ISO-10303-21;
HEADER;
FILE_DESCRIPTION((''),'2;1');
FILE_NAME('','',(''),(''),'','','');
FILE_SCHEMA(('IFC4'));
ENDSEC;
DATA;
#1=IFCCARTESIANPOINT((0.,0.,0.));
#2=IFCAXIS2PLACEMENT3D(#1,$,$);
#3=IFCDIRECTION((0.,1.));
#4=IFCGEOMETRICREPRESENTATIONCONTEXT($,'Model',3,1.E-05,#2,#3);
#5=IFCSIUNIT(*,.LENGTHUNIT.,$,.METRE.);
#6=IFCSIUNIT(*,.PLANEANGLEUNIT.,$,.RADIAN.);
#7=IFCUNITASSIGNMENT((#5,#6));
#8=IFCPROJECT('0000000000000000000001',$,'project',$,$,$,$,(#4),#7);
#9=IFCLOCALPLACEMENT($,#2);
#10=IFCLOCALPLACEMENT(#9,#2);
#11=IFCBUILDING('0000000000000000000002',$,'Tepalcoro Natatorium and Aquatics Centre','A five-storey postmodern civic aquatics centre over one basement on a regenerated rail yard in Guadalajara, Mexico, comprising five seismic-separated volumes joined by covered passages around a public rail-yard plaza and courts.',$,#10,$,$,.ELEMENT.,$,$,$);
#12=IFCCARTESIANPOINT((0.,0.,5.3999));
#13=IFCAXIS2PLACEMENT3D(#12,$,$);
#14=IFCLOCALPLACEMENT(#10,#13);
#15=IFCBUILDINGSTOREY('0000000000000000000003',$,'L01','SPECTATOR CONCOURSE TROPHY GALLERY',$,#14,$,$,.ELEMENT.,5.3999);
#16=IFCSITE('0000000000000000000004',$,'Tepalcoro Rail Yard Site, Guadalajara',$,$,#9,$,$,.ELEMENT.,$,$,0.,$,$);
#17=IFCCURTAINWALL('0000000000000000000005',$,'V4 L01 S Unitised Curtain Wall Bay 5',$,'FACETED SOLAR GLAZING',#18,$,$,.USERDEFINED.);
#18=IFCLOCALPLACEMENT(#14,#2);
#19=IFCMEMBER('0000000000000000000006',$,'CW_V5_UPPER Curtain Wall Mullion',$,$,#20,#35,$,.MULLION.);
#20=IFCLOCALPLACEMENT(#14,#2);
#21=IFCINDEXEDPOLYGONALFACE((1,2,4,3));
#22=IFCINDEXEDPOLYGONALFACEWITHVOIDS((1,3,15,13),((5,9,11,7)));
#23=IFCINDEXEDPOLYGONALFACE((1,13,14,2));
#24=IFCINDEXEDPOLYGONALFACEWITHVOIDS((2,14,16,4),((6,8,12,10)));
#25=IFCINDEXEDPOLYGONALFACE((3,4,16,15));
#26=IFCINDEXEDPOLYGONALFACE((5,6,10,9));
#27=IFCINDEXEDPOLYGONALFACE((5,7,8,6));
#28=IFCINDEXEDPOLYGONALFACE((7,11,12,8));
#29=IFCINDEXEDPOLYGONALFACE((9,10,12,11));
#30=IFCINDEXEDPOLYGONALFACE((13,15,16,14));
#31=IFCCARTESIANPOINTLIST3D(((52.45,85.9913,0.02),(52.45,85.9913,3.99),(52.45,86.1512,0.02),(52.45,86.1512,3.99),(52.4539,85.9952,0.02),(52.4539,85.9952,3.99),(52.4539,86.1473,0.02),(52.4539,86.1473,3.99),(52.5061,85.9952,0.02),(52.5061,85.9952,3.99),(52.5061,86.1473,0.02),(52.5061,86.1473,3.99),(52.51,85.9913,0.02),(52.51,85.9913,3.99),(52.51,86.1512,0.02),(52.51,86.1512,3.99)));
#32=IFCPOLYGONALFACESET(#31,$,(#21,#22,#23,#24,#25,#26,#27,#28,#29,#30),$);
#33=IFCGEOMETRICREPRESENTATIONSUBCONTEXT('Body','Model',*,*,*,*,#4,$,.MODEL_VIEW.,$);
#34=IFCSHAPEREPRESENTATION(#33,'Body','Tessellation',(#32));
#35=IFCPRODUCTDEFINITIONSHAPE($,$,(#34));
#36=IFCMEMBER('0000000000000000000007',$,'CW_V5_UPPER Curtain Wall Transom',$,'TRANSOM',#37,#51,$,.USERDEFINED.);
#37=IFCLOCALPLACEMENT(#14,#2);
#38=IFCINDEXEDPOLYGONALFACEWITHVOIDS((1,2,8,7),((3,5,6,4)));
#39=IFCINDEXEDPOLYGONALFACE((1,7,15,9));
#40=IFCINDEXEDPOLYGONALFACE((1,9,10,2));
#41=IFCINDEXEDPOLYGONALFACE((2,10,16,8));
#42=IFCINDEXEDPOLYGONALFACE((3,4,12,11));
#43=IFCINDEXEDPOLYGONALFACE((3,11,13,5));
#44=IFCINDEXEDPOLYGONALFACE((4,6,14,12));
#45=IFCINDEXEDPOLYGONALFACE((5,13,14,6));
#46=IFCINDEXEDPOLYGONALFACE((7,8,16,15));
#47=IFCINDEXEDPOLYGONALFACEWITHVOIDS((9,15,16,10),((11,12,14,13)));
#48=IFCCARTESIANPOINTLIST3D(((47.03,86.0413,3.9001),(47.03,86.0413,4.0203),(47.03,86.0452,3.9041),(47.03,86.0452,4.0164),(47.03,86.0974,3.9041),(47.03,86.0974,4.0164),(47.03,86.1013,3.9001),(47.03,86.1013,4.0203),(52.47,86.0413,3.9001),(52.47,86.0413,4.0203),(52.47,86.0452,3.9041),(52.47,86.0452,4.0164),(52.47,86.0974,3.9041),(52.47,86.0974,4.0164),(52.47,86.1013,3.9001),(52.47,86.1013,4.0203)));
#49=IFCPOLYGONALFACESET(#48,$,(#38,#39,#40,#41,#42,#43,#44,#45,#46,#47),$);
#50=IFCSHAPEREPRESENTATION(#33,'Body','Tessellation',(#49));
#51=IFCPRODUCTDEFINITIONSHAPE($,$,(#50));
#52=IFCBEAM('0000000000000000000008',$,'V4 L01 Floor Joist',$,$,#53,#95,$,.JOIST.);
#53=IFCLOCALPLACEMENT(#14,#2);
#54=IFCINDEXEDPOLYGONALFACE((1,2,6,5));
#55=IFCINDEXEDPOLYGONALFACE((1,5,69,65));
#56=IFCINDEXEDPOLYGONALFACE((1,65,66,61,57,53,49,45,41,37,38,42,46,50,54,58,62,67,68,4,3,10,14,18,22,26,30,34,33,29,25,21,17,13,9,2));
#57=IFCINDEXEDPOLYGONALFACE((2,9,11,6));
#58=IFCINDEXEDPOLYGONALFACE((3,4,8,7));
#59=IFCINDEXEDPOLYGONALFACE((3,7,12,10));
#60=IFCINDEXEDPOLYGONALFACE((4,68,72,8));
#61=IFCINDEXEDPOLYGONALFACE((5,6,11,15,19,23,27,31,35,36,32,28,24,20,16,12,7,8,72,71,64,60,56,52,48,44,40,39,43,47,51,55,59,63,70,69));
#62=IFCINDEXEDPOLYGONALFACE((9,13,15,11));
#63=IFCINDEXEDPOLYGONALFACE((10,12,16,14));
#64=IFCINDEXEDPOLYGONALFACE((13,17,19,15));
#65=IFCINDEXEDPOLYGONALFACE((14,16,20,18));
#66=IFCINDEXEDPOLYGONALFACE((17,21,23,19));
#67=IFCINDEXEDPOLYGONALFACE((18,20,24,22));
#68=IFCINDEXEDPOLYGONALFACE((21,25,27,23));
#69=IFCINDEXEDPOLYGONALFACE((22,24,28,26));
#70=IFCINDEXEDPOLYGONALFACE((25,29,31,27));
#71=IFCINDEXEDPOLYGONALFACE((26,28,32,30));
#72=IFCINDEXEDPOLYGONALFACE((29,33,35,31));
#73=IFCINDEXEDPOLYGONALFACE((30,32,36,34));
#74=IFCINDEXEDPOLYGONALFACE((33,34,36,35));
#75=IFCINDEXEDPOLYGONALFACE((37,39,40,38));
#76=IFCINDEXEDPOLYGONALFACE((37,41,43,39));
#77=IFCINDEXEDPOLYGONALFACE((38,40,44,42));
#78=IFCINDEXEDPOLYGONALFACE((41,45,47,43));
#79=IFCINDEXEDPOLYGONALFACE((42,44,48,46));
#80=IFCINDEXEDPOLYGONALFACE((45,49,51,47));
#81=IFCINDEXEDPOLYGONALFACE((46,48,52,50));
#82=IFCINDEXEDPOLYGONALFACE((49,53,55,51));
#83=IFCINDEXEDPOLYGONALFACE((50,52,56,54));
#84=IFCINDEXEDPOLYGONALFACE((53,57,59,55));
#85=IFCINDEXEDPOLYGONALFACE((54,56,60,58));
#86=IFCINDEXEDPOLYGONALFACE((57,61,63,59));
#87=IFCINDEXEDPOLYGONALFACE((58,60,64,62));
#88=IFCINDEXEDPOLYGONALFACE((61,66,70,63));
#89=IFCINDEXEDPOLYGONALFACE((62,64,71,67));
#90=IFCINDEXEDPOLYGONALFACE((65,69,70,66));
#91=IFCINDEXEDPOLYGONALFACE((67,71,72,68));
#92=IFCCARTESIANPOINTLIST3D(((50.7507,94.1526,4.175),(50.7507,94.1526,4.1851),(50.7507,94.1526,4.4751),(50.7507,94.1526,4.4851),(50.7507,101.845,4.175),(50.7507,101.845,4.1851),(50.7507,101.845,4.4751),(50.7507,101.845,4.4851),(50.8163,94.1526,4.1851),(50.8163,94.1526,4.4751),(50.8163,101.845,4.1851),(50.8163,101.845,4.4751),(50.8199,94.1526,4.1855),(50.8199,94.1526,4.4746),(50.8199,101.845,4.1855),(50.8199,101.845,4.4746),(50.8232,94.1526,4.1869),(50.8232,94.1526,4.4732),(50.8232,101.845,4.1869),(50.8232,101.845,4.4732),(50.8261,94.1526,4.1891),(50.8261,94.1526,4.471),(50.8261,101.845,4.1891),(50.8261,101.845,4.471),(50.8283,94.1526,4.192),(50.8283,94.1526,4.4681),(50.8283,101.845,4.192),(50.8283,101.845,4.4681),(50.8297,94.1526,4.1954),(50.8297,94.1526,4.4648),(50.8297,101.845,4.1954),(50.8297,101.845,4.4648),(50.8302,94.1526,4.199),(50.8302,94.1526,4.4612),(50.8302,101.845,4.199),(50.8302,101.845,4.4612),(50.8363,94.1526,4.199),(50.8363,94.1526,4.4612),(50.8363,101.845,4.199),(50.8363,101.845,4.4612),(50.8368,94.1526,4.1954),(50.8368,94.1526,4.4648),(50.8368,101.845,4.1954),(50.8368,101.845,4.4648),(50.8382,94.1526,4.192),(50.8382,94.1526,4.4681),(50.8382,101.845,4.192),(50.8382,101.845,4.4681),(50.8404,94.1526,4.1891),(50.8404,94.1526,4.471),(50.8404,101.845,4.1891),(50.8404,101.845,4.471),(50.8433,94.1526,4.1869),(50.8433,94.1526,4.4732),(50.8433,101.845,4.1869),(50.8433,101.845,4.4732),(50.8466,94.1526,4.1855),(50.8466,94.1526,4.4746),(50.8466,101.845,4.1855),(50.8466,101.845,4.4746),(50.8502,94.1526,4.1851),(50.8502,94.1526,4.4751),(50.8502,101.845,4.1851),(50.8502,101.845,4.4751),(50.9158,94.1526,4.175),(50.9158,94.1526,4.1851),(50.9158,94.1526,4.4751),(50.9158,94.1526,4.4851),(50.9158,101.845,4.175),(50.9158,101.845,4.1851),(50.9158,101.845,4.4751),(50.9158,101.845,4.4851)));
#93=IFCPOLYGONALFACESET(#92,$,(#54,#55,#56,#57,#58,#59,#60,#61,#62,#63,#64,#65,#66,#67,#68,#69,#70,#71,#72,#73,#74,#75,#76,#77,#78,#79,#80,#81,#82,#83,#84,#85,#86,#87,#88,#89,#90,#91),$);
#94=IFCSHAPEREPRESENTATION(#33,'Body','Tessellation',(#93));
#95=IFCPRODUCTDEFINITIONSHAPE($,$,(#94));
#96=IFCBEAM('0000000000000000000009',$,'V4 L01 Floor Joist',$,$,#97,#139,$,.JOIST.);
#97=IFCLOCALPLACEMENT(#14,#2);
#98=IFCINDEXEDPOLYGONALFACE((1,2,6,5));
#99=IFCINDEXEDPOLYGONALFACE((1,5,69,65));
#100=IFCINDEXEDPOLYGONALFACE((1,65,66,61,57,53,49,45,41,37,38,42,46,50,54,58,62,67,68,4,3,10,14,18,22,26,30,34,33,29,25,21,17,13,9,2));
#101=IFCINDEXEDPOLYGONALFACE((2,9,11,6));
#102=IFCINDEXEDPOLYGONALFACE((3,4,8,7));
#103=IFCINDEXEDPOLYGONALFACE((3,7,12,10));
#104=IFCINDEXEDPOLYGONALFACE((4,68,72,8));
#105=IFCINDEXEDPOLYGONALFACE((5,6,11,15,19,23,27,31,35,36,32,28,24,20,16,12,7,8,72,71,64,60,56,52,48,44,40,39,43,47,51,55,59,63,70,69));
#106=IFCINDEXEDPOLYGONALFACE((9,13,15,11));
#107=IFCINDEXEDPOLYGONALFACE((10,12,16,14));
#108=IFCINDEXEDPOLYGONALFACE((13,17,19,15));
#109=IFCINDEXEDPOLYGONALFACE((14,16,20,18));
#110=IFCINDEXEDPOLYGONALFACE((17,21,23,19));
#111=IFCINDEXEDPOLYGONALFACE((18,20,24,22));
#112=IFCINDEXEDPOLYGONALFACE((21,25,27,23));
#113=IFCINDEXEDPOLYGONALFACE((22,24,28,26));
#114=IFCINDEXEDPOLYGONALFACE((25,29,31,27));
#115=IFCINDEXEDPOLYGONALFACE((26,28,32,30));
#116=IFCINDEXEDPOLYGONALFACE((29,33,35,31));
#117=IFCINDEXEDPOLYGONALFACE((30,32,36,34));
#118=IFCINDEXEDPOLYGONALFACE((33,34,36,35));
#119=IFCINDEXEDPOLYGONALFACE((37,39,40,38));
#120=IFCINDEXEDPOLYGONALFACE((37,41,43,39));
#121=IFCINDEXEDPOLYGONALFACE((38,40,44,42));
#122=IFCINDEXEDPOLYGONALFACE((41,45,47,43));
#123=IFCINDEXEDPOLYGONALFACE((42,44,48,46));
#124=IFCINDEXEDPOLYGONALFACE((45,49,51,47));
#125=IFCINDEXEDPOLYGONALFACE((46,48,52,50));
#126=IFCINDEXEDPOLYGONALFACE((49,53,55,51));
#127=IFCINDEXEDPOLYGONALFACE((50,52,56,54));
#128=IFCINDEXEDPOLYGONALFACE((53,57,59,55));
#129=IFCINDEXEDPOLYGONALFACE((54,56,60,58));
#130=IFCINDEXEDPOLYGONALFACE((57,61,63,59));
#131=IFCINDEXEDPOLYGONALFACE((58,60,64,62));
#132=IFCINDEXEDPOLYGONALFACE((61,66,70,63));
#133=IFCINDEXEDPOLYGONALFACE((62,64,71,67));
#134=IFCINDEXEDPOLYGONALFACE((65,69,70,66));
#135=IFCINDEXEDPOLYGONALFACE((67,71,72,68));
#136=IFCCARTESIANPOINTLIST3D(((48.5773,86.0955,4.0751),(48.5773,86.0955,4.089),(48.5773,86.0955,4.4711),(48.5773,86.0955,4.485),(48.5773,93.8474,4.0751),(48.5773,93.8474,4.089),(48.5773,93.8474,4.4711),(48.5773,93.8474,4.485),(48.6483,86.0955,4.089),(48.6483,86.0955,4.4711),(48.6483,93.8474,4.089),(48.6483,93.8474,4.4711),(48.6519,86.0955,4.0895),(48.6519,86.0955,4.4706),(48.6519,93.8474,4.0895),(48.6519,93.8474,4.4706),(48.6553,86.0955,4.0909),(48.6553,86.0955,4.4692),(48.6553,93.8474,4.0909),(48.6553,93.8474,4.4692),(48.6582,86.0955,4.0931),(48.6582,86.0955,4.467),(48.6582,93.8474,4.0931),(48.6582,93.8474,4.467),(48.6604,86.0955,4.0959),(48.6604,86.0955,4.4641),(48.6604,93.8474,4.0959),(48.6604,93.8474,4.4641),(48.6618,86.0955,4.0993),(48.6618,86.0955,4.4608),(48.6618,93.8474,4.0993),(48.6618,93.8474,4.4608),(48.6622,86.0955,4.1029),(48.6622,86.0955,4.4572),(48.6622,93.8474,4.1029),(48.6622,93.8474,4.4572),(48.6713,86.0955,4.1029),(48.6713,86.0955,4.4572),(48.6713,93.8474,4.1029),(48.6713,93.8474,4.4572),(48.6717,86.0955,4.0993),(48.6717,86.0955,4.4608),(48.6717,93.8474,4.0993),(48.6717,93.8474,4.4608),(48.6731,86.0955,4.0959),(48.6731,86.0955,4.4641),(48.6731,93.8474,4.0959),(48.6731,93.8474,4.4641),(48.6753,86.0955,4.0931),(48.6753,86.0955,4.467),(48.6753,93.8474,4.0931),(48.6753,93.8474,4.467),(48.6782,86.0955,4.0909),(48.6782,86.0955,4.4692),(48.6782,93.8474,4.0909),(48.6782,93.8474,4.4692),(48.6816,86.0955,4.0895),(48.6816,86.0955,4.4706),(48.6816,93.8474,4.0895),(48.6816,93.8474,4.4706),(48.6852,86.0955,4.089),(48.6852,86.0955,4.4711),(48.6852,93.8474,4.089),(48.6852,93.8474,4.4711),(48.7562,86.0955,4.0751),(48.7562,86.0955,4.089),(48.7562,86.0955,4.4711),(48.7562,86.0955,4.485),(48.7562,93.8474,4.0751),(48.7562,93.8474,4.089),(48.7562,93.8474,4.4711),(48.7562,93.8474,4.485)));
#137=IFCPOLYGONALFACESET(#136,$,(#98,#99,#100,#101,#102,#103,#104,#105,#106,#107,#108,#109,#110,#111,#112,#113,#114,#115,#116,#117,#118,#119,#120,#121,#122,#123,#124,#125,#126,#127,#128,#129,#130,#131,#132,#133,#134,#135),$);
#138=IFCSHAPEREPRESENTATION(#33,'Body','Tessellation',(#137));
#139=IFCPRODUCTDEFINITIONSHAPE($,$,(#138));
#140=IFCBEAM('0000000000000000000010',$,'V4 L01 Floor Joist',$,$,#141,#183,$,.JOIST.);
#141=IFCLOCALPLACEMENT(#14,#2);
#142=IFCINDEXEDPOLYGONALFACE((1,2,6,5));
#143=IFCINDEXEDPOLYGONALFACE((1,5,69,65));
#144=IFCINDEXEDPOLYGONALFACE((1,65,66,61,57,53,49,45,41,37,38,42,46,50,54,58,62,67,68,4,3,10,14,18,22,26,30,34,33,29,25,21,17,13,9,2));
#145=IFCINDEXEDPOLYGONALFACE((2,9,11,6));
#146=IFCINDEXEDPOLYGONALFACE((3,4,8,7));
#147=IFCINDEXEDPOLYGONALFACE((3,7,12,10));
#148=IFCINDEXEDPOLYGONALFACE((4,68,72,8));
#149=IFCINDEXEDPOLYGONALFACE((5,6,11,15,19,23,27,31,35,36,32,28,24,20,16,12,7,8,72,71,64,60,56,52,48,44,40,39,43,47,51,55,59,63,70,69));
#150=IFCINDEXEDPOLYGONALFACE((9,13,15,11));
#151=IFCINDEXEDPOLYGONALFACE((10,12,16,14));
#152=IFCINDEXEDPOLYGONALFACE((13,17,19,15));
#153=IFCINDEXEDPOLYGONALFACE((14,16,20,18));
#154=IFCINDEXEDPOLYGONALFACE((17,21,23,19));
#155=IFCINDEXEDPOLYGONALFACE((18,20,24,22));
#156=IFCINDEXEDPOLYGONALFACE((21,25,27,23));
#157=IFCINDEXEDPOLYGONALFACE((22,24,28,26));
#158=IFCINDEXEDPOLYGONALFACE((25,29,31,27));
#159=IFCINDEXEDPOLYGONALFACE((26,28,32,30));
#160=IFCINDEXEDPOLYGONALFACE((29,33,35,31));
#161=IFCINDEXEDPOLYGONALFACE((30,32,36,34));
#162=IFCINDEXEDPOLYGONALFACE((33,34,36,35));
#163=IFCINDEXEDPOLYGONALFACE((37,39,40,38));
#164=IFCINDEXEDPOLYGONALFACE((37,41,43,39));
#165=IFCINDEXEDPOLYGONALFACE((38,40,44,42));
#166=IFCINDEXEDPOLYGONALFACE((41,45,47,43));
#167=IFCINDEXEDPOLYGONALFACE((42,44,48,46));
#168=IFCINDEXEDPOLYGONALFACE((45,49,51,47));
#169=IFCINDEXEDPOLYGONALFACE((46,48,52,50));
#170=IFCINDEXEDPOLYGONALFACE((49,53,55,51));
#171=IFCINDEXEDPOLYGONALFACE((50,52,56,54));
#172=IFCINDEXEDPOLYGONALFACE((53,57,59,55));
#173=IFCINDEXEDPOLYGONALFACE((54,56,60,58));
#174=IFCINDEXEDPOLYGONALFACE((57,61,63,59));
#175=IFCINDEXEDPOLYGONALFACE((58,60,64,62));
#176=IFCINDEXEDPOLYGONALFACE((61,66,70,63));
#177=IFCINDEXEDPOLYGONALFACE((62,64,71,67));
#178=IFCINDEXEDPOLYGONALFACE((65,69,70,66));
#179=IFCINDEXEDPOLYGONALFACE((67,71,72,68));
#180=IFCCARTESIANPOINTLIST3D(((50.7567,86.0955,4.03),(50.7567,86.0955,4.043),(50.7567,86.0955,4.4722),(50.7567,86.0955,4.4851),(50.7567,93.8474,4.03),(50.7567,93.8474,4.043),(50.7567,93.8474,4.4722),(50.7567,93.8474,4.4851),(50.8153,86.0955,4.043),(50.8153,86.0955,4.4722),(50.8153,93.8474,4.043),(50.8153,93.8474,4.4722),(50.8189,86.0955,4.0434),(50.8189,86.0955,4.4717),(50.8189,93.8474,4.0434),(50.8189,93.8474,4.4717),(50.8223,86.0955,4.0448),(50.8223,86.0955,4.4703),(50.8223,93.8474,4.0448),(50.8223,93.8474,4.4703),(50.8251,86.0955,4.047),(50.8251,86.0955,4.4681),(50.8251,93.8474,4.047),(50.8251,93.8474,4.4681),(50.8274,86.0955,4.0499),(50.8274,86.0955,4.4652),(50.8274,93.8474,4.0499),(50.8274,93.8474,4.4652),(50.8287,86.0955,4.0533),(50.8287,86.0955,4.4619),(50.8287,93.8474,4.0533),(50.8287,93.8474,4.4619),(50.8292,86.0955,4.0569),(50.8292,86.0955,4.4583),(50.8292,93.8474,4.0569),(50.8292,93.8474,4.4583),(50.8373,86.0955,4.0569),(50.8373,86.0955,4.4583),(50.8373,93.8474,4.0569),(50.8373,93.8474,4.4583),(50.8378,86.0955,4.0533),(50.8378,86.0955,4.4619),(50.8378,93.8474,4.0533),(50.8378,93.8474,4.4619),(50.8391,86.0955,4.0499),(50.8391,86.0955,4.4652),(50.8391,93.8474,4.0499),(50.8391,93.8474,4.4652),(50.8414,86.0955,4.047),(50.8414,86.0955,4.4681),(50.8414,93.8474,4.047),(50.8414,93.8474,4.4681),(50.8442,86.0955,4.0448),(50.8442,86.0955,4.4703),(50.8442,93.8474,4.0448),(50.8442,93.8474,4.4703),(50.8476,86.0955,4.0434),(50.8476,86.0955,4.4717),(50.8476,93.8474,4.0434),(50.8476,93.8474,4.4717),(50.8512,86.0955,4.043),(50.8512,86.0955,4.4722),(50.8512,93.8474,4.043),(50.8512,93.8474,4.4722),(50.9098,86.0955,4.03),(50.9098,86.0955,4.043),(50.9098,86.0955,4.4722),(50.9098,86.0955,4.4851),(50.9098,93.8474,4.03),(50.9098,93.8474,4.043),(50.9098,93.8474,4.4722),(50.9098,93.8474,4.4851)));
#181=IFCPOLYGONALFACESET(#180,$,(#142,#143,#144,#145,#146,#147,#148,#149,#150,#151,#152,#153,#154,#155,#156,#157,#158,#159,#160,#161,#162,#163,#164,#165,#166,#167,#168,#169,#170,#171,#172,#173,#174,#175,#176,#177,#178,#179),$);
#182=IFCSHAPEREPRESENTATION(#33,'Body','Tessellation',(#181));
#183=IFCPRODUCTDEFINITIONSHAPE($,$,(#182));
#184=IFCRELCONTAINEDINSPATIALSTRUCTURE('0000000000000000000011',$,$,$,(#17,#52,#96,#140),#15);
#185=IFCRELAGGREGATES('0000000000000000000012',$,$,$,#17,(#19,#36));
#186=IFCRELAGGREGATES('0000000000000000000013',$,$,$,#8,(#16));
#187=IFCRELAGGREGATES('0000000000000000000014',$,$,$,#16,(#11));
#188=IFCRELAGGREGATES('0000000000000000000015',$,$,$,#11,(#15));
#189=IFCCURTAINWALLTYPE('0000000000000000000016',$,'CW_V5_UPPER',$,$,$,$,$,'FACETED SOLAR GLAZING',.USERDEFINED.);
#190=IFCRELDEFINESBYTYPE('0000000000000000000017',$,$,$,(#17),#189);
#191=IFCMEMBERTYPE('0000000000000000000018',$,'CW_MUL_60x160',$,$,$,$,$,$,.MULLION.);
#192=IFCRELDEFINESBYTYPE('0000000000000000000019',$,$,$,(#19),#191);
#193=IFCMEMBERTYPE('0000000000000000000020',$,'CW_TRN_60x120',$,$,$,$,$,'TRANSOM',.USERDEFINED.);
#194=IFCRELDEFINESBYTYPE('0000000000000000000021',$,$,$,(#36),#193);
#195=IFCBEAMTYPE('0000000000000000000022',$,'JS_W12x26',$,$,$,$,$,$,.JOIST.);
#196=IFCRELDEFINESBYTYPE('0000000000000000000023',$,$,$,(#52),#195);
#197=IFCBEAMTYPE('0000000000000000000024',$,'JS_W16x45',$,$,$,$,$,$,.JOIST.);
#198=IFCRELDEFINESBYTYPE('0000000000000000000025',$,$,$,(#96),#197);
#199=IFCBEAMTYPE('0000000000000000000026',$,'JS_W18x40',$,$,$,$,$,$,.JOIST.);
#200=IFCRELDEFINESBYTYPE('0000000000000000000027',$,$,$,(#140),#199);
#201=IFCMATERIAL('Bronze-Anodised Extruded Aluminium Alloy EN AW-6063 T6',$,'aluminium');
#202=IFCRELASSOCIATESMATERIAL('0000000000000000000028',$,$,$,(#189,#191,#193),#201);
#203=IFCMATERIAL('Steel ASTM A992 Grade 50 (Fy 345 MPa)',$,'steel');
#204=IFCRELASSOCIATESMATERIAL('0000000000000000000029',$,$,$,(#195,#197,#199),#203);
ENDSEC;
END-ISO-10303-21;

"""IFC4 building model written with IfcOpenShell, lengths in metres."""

from ifc_helpers import new_model, si_unit, direction, frame, origin, origin_2d, place, context, subcontext, project, spatial, hollow_rectangle, i_section, extrude, material, material_profile, profile_set, type_object, element, aggregate, save


model = new_model("IFC4")

# Units and contexts
model_context = context("Model", 3, precision=1e-05, world=origin(), true_north=direction((0.0, 1.0)))
body_context = subcontext(model_context, "Body", "Model", "MODEL_VIEW")
ifc_project = project(units=[si_unit("LENGTHUNIT", "METRE"), si_unit("PLANEANGLEUNIT", "RADIAN")], contexts=[model_context])

# Site, building, storey
site_placement = place(None, origin())
site = spatial("IfcSite", under=ifc_project, at=site_placement, Name="Tepalcoro Rail Yard Site, Guadalajara", CompositionType="ELEMENT", RefElevation=0.0)
building_placement = place(site_placement, origin())
building = spatial("IfcBuilding", under=site, at=building_placement, Name="Tepalcoro Natatorium and Aquatics Centre", Description="A five-storey postmodern civic aquatics centre over one basement on a regenerated rail yard in Guadalajara, Mexico, comprising five seismic-separated volumes joined by covered passages around a public rail-yard plaza and courts.", CompositionType="ELEMENT")
storey_placement = place(building_placement, frame((0.0, 0.0, 5.3999)))
storey = spatial("IfcBuildingStorey", under=building, at=storey_placement, Name="L01", Description="SPECTATOR CONCOURSE TROPHY GALLERY", CompositionType="ELEMENT", Elevation=5.3999)

# Shared definitions
ifc_material_1 = material(Name="Steel ASTM A992 Grade 50 (Fy 345 MPa)", Category="steel")

# Curtain wall, members
ifc_material_2 = material(Name="Bronze-Anodised Extruded Aluminium Alloy EN AW-6063 T6", Category="aluminium")
curtain_wall_type = type_object("IfcCurtainWallType", Name="CW_V5_UPPER", ElementType="FACETED SOLAR GLAZING", PredefinedType="USERDEFINED", material=ifc_material_2)
curtain_wall_placement = place(storey_placement, origin())
curtain_wall = element("IfcCurtainWall", 1, at=curtain_wall_placement, inside=storey, type_object=curtain_wall_type, Name="V4 L01 S Unitised Curtain Wall Bay 5", ObjectType="FACETED SOLAR GLAZING", PredefinedType="USERDEFINED")
ifc_material_profile_1 = material_profile(ifc_material_2, hollow_rectangle(XDim=0.0601, YDim=0.1599, WallThickness=0.0039, at=origin_2d()), Name="AL60X160X4")
ifc_profile_set_1 = profile_set([ifc_material_profile_1], Name="Bronze-Anodised Extruded Aluminium Alloy EN AW-6063 T6")
member_type_1 = type_object("IfcMemberType", Name="CW_MUL_60x160", PredefinedType="MULLION", material=ifc_profile_set_1)
member_1_placement = place(storey_placement, frame((52.48, 86.0713, 0.02), z_axis=(0.0, 0.0, 1.0), x_axis=(1.0, 0.0, 0.0)))
member_1 = element("IfcMember", 2, at=member_1_placement, type_object=member_type_1, Name="CW_V5_UPPER Curtain Wall Mullion", PredefinedType="MULLION", context=body_context, shape_type="SweptSolid", body=[
    extrude(hollow_rectangle(XDim=0.0601, YDim=0.1599, WallThickness=0.0039, at=origin_2d()), origin(), (0.0, 0.0, 1.0), 3.97),
])
ifc_material_profile_2 = material_profile(ifc_material_2, hollow_rectangle(XDim=0.0601, YDim=0.1201, WallThickness=0.0039, at=origin_2d()), Name="AL60X120X4")
ifc_profile_set_2 = profile_set([ifc_material_profile_2], Name="Bronze-Anodised Extruded Aluminium Alloy EN AW-6063 T6")
member_type_2 = type_object("IfcMemberType", Name="CW_TRN_60x120", ElementType="TRANSOM", PredefinedType="USERDEFINED", material=ifc_profile_set_2)
member_2_placement = place(storey_placement, frame((47.03, 86.0713, 3.9602), z_axis=(1.0, 0.0, 0.0), x_axis=(0.0, 1.0, 0.0)))
member_2 = element("IfcMember", 3, at=member_2_placement, type_object=member_type_2, Name="CW_V5_UPPER Curtain Wall Transom", ObjectType="TRANSOM", PredefinedType="USERDEFINED", context=body_context, shape_type="SweptSolid", body=[
    extrude(hollow_rectangle(XDim=0.0601, YDim=0.1201, WallThickness=0.0039, at=origin_2d()), origin(), (0.0, 0.0, 1.0), 5.4399),
])

# Beams
ifc_material_profile_3 = material_profile(ifc_material_1, i_section(OverallWidth=0.165, OverallDepth=0.3101, WebThickness=0.0061, FlangeThickness=0.01, FilletRadius=0.0139, at=origin_2d()), Name="W12X26")
ifc_profile_set_3 = profile_set([ifc_material_profile_3], Name="Steel ASTM A992 Grade 50 (Fy 345 MPa)")
beam_type_1 = type_object("IfcBeamType", Name="JS_W12x26", PredefinedType="JOIST", material=ifc_profile_set_3)
beam_1_placement = place(storey_placement, frame((50.8333, 94.1526, 4.3301), z_axis=(0.0, 1.0, 0.0), x_axis=(-1.0, 0.0, 0.0)))
element("IfcBeam", 4, at=beam_1_placement, inside=storey, type_object=beam_type_1, Name="V4 L01 Floor Joist", PredefinedType="JOIST", context=body_context, shape_type="SweptSolid", body=[
    extrude(i_section(OverallWidth=0.165, OverallDepth=0.3101, WebThickness=0.0061, FlangeThickness=0.01, FilletRadius=0.0139, at=origin_2d()), origin(), (0.0, 0.0, 1.0), 7.6924),
])
ifc_material_profile_4 = material_profile(ifc_material_1, i_section(OverallWidth=0.179, OverallDepth=0.4099, WebThickness=0.009, FlangeThickness=0.0139, FilletRadius=0.0139, at=origin_2d()), Name="W16X45")
ifc_profile_set_4 = profile_set([ifc_material_profile_4], Name="Steel ASTM A992 Grade 50 (Fy 345 MPa)")
beam_type_2 = type_object("IfcBeamType", Name="JS_W16x45", PredefinedType="JOIST", material=ifc_profile_set_4)
beam_2_placement = place(storey_placement, frame((48.6667, 86.0955, 4.28), z_axis=(0.0, 1.0, 0.0), x_axis=(-1.0, 0.0, 0.0)))
element("IfcBeam", 5, at=beam_2_placement, inside=storey, type_object=beam_type_2, Name="V4 L01 Floor Joist", PredefinedType="JOIST", context=body_context, shape_type="SweptSolid", body=[
    extrude(i_section(OverallWidth=0.179, OverallDepth=0.4099, WebThickness=0.009, FlangeThickness=0.0139, FilletRadius=0.0139, at=origin_2d()), origin(), (0.0, 0.0, 1.0), 7.752),
])
ifc_material_profile_5 = material_profile(ifc_material_1, i_section(OverallWidth=0.1531, OverallDepth=0.4551, WebThickness=0.0081, FlangeThickness=0.0129, FilletRadius=0.0139, at=origin_2d()), Name="W18X40")
ifc_profile_set_5 = profile_set([ifc_material_profile_5], Name="Steel ASTM A992 Grade 50 (Fy 345 MPa)")
beam_type_3 = type_object("IfcBeamType", Name="JS_W18x40", PredefinedType="JOIST", material=ifc_profile_set_5)
beam_3_placement = place(storey_placement, frame((50.8333, 86.0955, 4.2576), z_axis=(0.0, 1.0, 0.0), x_axis=(-1.0, 0.0, 0.0)))
element("IfcBeam", 6, at=beam_3_placement, inside=storey, type_object=beam_type_3, Name="V4 L01 Floor Joist", PredefinedType="JOIST", context=body_context, shape_type="SweptSolid", body=[
    extrude(i_section(OverallWidth=0.1531, OverallDepth=0.4551, WebThickness=0.0081, FlangeThickness=0.0129, FilletRadius=0.0139, at=origin_2d()), origin(), (0.0, 0.0, 1.0), 7.752),
])

aggregate(curtain_wall, [member_1, member_2])

save(model, "model.ifc")
